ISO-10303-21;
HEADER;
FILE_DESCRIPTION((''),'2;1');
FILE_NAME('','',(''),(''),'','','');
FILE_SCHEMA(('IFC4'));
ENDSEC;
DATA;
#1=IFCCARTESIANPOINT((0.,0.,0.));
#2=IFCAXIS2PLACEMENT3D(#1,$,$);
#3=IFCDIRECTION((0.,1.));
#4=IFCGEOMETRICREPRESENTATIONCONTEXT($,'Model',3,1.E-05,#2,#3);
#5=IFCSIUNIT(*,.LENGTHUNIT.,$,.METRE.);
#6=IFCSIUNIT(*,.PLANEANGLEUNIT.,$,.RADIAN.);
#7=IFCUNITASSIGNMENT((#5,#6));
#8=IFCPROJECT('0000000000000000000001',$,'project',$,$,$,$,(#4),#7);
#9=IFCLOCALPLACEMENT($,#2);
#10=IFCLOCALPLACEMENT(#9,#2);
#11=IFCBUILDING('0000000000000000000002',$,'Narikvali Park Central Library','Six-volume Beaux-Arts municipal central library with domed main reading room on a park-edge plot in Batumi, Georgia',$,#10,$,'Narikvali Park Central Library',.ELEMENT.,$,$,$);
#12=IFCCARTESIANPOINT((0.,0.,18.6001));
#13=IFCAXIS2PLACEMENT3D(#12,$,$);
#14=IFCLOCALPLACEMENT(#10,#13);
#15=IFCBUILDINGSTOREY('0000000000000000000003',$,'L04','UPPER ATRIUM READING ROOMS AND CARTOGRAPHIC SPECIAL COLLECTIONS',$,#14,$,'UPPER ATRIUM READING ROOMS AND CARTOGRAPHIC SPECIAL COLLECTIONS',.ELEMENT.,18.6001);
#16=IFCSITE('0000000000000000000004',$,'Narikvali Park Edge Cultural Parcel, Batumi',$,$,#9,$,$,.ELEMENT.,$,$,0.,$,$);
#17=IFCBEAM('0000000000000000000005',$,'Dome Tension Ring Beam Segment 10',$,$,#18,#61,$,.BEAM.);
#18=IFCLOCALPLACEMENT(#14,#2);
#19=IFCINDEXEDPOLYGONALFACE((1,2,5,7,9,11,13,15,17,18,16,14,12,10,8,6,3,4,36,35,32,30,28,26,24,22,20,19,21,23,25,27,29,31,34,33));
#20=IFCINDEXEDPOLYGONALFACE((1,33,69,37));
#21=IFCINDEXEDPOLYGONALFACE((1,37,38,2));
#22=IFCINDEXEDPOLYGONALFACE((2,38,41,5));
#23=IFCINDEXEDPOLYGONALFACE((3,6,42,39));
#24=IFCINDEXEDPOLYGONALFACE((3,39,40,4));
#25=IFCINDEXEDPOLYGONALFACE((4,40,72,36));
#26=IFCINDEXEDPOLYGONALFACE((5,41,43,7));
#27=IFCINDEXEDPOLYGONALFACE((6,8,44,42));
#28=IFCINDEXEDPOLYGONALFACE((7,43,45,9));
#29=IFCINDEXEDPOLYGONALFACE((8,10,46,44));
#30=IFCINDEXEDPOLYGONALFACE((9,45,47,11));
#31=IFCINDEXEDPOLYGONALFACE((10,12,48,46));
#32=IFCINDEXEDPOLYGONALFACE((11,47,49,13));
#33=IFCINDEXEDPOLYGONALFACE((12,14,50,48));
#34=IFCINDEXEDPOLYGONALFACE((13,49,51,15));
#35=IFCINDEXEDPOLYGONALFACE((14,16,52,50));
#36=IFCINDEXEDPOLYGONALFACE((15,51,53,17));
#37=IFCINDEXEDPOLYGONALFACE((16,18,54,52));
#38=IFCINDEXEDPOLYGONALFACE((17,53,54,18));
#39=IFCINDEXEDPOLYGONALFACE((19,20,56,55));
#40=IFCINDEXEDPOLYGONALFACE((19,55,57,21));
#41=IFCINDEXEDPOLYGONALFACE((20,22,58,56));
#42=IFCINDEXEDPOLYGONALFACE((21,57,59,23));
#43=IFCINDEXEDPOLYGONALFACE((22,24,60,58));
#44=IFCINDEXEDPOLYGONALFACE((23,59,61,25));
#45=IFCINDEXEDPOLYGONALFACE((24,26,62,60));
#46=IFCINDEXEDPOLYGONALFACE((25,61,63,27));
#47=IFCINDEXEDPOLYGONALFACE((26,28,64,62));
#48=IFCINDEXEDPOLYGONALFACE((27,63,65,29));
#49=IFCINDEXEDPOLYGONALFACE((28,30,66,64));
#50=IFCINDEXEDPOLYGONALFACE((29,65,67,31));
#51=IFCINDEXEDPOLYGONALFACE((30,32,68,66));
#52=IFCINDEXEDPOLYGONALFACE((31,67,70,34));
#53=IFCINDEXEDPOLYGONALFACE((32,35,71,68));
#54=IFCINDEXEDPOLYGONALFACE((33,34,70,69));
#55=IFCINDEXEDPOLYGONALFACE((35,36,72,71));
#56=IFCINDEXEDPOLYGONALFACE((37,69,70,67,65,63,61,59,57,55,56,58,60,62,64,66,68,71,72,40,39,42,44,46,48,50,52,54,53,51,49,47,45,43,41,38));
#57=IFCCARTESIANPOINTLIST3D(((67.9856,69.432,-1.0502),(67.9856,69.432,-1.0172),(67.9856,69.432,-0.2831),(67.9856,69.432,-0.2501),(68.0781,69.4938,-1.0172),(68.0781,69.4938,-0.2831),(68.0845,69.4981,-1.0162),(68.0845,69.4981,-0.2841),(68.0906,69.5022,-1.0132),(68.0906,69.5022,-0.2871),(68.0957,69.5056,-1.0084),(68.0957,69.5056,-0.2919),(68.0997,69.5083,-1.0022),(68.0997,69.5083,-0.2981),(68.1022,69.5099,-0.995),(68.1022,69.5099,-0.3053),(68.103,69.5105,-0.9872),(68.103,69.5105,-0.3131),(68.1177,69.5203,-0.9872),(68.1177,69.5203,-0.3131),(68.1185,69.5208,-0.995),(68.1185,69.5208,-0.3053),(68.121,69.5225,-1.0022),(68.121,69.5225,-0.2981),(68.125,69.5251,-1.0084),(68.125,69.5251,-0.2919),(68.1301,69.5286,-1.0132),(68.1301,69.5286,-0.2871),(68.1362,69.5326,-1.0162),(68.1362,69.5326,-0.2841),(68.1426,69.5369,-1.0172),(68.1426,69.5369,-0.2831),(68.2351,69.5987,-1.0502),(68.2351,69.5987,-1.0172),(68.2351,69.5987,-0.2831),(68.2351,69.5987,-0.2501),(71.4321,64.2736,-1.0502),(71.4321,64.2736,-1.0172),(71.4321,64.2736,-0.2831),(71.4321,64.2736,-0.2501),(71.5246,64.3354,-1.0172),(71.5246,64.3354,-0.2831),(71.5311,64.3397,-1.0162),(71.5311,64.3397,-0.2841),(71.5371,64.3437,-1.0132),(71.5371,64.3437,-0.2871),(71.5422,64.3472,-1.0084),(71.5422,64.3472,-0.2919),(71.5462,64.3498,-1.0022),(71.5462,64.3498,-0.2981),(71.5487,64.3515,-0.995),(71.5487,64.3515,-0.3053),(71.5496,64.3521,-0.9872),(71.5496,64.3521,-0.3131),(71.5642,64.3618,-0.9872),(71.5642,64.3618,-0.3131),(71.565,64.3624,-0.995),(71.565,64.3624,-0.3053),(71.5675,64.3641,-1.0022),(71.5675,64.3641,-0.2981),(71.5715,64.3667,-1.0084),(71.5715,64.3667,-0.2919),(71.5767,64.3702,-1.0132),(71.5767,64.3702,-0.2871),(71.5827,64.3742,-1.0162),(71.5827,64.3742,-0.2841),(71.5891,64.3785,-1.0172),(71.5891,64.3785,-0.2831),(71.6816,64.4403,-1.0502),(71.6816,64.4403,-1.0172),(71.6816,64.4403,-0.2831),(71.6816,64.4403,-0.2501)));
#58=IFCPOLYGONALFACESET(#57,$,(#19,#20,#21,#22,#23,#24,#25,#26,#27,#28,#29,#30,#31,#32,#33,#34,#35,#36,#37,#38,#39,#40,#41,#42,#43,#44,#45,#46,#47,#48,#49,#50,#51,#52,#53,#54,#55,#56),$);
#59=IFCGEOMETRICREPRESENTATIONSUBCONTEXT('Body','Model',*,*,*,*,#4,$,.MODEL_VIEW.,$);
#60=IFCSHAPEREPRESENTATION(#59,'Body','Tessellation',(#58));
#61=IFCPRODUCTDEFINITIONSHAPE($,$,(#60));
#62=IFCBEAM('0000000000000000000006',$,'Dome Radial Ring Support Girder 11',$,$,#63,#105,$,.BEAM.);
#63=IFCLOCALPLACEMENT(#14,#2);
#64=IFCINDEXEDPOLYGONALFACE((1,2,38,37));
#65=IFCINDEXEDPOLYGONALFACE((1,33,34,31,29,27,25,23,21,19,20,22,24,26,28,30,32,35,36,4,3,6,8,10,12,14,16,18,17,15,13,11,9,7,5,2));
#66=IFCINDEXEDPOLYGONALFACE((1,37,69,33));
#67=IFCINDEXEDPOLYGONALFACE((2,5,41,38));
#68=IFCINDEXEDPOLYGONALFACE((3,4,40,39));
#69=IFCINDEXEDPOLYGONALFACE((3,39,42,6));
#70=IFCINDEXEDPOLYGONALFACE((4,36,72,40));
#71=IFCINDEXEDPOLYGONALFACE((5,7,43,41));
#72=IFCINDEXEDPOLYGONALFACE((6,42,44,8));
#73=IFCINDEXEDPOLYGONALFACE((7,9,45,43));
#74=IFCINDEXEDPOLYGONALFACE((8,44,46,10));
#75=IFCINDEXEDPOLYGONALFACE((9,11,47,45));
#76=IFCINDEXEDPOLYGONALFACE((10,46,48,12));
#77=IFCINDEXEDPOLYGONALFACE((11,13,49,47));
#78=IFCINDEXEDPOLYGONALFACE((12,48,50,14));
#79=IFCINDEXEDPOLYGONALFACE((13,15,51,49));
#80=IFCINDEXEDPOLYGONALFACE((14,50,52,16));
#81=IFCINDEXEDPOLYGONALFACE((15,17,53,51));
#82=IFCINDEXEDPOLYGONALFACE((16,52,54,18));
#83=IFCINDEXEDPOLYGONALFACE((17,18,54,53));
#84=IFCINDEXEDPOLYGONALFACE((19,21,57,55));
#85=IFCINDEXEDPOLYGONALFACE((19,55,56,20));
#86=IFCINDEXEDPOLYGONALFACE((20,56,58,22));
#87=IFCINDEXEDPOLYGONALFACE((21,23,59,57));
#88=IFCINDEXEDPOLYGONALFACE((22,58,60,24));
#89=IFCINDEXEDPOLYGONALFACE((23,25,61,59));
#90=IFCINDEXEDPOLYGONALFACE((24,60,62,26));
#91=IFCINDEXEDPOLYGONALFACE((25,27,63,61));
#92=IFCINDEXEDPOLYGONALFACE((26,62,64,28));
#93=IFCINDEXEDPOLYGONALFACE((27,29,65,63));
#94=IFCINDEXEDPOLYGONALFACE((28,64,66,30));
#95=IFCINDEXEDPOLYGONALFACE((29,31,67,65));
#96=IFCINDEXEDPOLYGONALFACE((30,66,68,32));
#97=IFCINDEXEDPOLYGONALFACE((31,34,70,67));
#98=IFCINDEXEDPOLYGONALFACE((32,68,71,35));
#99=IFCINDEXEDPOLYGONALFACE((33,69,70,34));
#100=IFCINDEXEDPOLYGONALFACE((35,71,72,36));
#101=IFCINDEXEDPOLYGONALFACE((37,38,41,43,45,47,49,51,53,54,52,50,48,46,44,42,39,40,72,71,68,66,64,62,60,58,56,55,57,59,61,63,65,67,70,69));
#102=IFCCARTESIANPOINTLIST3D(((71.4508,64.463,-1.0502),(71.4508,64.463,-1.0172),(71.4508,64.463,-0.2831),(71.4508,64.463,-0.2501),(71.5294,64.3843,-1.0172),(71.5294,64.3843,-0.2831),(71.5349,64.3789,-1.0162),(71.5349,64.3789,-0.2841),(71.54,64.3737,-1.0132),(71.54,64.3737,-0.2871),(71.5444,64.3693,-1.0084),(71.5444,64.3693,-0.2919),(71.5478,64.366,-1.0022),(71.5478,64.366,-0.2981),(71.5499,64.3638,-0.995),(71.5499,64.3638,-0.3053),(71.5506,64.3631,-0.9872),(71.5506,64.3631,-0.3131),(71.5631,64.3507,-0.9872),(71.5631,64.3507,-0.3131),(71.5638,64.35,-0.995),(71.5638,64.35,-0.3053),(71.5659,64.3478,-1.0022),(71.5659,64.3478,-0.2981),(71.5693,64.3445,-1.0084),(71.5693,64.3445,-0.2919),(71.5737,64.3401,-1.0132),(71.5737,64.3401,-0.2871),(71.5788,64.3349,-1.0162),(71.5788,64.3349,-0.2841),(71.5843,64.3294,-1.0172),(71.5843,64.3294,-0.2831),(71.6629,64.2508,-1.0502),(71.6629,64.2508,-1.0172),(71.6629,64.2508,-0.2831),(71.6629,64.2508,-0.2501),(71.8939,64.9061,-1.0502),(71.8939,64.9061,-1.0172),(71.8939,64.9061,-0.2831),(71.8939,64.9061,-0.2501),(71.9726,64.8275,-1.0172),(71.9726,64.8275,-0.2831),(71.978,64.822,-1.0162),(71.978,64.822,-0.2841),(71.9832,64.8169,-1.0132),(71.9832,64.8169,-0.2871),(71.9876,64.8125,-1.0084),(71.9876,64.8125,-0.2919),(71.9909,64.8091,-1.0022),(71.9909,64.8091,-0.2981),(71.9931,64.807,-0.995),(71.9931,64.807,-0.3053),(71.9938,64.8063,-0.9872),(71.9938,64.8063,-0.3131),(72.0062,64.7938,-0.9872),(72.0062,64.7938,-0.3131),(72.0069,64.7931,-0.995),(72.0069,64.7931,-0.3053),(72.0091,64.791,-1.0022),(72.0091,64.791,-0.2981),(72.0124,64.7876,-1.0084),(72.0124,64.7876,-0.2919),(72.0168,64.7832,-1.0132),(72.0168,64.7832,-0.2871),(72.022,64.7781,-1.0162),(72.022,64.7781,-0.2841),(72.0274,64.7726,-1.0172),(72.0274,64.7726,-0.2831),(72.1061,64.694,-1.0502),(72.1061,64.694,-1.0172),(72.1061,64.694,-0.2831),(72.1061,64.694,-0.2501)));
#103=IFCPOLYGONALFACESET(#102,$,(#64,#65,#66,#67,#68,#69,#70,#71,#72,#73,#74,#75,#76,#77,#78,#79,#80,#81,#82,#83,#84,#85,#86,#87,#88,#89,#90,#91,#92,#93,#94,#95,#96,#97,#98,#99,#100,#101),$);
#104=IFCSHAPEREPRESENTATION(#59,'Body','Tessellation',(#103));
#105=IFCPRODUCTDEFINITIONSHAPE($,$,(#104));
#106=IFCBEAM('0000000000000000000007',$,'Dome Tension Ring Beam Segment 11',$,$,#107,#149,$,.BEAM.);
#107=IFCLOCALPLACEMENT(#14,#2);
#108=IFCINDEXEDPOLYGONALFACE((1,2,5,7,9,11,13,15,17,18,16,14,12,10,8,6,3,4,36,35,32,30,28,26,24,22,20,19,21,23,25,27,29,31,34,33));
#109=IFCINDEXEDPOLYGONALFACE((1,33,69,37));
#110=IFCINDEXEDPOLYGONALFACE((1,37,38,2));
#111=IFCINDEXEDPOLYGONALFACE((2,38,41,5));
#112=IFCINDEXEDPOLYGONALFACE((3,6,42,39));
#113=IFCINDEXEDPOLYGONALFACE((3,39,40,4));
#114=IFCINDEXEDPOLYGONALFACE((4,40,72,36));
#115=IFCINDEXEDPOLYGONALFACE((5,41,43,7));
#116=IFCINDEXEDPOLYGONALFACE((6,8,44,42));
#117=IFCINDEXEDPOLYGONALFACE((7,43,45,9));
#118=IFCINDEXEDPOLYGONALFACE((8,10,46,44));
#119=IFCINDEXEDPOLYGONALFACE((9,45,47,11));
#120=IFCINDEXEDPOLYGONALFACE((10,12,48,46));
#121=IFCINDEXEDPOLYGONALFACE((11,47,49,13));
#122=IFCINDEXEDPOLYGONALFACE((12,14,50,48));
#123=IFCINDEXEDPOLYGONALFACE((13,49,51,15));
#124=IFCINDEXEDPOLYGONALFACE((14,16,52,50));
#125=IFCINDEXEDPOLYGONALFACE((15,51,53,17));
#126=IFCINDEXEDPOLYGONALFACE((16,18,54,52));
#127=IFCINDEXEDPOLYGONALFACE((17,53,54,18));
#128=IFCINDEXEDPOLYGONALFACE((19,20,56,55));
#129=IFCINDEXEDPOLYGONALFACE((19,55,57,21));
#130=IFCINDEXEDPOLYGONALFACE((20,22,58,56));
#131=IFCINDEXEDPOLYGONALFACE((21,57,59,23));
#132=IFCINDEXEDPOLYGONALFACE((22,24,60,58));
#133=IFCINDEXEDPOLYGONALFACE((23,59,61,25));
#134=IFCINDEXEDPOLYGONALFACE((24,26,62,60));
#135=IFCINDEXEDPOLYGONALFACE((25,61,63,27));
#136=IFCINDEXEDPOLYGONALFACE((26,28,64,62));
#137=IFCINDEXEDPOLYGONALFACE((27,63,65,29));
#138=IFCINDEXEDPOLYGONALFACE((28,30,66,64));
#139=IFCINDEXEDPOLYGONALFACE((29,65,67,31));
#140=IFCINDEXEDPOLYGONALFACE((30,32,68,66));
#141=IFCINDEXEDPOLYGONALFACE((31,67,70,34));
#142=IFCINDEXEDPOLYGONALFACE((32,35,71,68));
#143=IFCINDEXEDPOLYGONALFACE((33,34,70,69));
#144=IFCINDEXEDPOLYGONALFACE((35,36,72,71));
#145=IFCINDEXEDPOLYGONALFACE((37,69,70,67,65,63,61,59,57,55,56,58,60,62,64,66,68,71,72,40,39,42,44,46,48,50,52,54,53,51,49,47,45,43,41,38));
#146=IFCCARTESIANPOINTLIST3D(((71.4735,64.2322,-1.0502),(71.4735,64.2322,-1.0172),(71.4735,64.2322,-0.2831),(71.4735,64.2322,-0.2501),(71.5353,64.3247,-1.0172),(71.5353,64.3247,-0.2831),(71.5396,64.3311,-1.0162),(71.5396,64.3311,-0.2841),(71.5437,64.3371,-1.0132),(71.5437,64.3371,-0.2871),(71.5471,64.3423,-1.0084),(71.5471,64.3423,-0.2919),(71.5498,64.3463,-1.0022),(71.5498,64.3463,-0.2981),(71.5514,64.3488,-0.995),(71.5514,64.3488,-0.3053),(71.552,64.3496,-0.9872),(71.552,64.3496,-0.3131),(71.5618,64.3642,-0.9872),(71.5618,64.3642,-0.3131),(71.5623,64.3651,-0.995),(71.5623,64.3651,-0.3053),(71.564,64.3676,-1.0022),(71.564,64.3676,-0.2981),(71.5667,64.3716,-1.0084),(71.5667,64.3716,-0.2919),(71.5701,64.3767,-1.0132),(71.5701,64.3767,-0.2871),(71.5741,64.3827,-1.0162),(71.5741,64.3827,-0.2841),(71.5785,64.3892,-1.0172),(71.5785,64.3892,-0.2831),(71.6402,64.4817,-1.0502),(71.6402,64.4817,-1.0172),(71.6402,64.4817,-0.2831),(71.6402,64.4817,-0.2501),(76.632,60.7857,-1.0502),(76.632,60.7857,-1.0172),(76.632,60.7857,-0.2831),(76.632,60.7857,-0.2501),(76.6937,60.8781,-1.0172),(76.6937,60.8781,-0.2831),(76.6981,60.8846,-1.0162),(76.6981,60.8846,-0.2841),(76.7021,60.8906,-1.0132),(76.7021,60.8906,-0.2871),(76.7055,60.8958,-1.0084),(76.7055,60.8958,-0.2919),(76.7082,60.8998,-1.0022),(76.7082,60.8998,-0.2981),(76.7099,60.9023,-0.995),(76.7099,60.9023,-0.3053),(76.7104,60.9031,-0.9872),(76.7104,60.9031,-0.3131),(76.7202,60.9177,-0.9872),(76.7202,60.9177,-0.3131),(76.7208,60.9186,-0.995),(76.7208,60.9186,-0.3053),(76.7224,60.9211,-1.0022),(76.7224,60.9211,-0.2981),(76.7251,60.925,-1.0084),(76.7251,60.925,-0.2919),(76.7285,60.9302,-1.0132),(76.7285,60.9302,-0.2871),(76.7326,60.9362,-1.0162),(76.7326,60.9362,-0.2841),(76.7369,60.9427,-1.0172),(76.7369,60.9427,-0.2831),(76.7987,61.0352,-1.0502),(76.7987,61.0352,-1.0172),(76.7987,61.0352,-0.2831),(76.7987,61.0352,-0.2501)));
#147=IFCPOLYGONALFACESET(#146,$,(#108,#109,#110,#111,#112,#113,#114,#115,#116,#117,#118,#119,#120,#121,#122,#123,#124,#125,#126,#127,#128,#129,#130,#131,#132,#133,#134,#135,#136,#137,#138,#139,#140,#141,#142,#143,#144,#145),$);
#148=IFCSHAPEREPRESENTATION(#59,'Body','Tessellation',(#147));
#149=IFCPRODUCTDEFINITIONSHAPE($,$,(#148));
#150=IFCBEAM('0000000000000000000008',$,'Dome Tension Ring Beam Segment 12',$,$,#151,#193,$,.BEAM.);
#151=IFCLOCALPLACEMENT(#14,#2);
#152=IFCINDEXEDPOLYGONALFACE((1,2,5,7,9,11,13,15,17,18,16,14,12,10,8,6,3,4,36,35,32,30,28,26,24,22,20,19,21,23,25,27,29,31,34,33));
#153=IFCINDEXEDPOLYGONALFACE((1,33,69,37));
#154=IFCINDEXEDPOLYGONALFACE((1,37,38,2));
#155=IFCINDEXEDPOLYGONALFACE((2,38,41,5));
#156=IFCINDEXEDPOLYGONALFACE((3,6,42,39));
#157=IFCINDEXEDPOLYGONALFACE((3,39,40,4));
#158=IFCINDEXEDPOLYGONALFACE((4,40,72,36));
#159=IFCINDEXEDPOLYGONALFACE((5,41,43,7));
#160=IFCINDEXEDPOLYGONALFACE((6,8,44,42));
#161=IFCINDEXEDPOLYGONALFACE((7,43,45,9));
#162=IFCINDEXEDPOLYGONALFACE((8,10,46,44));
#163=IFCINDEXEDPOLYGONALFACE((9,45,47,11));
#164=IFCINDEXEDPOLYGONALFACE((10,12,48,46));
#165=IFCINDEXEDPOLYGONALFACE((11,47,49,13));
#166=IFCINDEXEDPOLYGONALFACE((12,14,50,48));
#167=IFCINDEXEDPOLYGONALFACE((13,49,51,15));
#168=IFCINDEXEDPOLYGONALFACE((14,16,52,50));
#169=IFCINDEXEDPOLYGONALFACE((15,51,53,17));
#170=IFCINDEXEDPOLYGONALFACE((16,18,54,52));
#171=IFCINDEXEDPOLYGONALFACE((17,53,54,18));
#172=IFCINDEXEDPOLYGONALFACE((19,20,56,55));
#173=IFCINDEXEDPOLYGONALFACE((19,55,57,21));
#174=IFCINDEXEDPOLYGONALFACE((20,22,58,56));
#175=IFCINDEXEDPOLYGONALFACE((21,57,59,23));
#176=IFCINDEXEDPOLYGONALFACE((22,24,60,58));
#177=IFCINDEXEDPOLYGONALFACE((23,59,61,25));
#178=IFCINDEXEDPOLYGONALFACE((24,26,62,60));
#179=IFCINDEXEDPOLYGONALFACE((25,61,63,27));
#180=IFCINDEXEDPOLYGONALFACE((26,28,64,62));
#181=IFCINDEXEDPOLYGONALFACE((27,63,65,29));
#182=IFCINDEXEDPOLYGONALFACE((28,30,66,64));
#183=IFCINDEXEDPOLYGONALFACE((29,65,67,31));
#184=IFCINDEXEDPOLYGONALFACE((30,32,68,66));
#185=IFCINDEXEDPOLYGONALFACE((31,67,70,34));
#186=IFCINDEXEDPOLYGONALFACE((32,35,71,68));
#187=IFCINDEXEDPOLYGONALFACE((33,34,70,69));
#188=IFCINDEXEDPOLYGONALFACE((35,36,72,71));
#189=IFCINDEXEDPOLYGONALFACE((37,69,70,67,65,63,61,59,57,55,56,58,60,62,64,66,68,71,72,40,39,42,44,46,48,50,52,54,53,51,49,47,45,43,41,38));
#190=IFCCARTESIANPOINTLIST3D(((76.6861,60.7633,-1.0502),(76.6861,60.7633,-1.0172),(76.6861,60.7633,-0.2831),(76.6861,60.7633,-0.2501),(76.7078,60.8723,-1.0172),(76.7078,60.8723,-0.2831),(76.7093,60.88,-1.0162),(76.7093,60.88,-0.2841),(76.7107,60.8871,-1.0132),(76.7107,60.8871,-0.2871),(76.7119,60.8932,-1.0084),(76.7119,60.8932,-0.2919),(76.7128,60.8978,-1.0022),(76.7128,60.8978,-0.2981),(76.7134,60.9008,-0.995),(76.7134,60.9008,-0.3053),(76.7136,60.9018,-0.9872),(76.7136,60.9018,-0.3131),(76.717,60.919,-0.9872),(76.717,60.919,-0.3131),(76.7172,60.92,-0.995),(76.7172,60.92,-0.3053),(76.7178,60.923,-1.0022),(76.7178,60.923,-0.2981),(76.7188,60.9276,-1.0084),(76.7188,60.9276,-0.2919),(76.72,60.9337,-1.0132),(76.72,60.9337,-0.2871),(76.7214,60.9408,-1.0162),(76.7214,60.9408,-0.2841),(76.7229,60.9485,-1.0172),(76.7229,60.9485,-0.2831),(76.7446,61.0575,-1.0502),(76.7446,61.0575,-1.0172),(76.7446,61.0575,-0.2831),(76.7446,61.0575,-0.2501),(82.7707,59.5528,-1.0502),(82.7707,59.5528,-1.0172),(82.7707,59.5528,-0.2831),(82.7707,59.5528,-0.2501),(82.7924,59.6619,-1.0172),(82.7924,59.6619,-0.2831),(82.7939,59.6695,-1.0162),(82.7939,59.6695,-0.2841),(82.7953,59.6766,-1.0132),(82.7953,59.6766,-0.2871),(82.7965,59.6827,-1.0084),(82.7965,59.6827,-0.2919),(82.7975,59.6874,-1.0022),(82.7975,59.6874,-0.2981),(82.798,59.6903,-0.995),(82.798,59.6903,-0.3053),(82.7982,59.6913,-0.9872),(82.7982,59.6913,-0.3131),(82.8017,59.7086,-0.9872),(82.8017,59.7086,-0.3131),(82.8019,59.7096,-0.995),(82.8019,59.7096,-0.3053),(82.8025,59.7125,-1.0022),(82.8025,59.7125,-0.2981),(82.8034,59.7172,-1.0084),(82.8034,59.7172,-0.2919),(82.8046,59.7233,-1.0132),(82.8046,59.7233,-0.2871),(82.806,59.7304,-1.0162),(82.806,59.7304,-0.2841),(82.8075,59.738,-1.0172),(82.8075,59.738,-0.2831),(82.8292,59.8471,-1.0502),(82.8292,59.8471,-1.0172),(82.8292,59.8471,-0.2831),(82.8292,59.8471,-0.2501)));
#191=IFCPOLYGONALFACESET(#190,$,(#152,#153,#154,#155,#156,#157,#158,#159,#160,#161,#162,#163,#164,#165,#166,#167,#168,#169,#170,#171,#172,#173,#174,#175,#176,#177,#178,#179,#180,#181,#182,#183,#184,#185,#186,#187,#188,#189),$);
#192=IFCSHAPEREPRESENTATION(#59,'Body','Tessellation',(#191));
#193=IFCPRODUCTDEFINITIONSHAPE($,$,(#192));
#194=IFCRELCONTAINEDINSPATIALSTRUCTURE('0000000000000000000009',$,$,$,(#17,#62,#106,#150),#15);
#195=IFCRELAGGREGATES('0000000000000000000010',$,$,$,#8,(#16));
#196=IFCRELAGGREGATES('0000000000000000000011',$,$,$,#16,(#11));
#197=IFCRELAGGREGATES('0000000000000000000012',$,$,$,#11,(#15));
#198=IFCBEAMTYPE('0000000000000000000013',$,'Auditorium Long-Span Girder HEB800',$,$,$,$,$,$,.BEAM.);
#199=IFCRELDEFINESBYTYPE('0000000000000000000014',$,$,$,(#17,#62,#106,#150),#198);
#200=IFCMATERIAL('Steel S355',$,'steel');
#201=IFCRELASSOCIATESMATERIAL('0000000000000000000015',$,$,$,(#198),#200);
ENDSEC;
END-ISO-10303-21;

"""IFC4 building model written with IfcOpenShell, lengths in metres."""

from ifc_helpers import new_model, si_unit, direction, frame, origin, origin_2d, place, context, subcontext, project, spatial, i_section, extrude, material, material_profile, profile_set, type_object, element, save


model = new_model("IFC4")

# Units and contexts
model_context = context("Model", 3, precision=1e-05, world=origin(), true_north=direction((0.0, 1.0)))
body_context = subcontext(model_context, "Body", "Model", "MODEL_VIEW")
ifc_project = project(units=[si_unit("LENGTHUNIT", "METRE"), si_unit("PLANEANGLEUNIT", "RADIAN")], contexts=[model_context])

# Site, building, storey
site_placement = place(None, origin())
site = spatial("IfcSite", under=ifc_project, at=site_placement, Name="Narikvali Park Edge Cultural Parcel, Batumi", CompositionType="ELEMENT", RefElevation=0.0)
building_placement = place(site_placement, origin())
building = spatial("IfcBuilding", under=site, at=building_placement, Name="Narikvali Park Central Library", Description="Six-volume Beaux-Arts municipal central library with domed main reading room on a park-edge plot in Batumi, Georgia", LongName="Narikvali Park Central Library", CompositionType="ELEMENT")
storey_placement = place(building_placement, frame((0.0, 0.0, 18.6001)))
storey = spatial("IfcBuildingStorey", under=building, at=storey_placement, Name="L04", Description="UPPER ATRIUM READING ROOMS AND CARTOGRAPHIC SPECIAL COLLECTIONS", LongName="UPPER ATRIUM READING ROOMS AND CARTOGRAPHIC SPECIAL COLLECTIONS", CompositionType="ELEMENT", Elevation=18.6001)

# Beams
ifc_material_1 = material(Name="Steel S355", Category="steel")
ifc_material_profile_1 = material_profile(ifc_material_1, i_section(OverallWidth=0.3, OverallDepth=0.8, WebThickness=0.0176, FlangeThickness=0.033, FilletRadius=0.03, at=origin_2d()), Name="HEB 800")
ifc_profile_set_1 = profile_set([ifc_material_profile_1], Name="Steel S355")
beam_type_1 = type_object("IfcBeamType", Name="Auditorium Long-Span Girder HEB800", PredefinedType="BEAM", material=ifc_profile_set_1)
beam_1_placement = place(storey_placement, frame((68.1104, 69.5154, -0.6501), z_axis=(0.555544, -0.831487, 0.0), x_axis=(0.831487, 0.555544, 0.0)))
element("IfcBeam", 1, at=beam_1_placement, inside=storey, type_object=beam_type_1, Name="Dome Tension Ring Beam Segment 10", PredefinedType="BEAM", context=body_context, shape_type="SweptSolid", body=[
    extrude(i_section(OverallWidth=0.3, OverallDepth=0.8, WebThickness=0.0176, FlangeThickness=0.033, FilletRadius=0.03, at=origin_2d()), origin(), (0.0, 0.0, 1.0), 6.2039),
])
beam_2_placement = place(storey_placement, frame((72.0, 64.8, -0.6501), z_axis=(-0.707107, -0.707107, 0.0), x_axis=(0.707107, -0.707107, 0.0)))
element("IfcBeam", 2, at=beam_2_placement, inside=storey, type_object=beam_type_1, Name="Dome Radial Ring Support Girder 11", PredefinedType="BEAM", context=body_context, shape_type="SweptSolid", body=[
    extrude(i_section(OverallWidth=0.3, OverallDepth=0.8, WebThickness=0.0176, FlangeThickness=0.033, FilletRadius=0.03, at=origin_2d()), origin(), (0.0, 0.0, 1.0), 0.6267),
])
for number, where, z_axis, x_axis, name in (
    (3, (71.5569, 64.3569, -0.6501), (0.831487, -0.555544, 0.0), (0.555544, 0.831487, 0.0), "Dome Tension Ring Beam Segment 11"),
    (4, (76.7153, 60.9104, -0.6501), (0.980781, -0.19511, 0.0), (0.19511, 0.980781, 0.0), "Dome Tension Ring Beam Segment 12"),
):
    element("IfcBeam", number, at=place(storey_placement, frame(where, z_axis=z_axis, x_axis=x_axis)), inside=storey, type_object=beam_type_1, Name=name, PredefinedType="BEAM", context=body_context, shape_type="SweptSolid", body=[
        extrude(i_section(OverallWidth=0.3, OverallDepth=0.8, WebThickness=0.0176, FlangeThickness=0.033, FilletRadius=0.03, at=origin_2d()), origin(), (0.0, 0.0, 1.0), 6.2039),
    ])

save(model, "model.ifc")
